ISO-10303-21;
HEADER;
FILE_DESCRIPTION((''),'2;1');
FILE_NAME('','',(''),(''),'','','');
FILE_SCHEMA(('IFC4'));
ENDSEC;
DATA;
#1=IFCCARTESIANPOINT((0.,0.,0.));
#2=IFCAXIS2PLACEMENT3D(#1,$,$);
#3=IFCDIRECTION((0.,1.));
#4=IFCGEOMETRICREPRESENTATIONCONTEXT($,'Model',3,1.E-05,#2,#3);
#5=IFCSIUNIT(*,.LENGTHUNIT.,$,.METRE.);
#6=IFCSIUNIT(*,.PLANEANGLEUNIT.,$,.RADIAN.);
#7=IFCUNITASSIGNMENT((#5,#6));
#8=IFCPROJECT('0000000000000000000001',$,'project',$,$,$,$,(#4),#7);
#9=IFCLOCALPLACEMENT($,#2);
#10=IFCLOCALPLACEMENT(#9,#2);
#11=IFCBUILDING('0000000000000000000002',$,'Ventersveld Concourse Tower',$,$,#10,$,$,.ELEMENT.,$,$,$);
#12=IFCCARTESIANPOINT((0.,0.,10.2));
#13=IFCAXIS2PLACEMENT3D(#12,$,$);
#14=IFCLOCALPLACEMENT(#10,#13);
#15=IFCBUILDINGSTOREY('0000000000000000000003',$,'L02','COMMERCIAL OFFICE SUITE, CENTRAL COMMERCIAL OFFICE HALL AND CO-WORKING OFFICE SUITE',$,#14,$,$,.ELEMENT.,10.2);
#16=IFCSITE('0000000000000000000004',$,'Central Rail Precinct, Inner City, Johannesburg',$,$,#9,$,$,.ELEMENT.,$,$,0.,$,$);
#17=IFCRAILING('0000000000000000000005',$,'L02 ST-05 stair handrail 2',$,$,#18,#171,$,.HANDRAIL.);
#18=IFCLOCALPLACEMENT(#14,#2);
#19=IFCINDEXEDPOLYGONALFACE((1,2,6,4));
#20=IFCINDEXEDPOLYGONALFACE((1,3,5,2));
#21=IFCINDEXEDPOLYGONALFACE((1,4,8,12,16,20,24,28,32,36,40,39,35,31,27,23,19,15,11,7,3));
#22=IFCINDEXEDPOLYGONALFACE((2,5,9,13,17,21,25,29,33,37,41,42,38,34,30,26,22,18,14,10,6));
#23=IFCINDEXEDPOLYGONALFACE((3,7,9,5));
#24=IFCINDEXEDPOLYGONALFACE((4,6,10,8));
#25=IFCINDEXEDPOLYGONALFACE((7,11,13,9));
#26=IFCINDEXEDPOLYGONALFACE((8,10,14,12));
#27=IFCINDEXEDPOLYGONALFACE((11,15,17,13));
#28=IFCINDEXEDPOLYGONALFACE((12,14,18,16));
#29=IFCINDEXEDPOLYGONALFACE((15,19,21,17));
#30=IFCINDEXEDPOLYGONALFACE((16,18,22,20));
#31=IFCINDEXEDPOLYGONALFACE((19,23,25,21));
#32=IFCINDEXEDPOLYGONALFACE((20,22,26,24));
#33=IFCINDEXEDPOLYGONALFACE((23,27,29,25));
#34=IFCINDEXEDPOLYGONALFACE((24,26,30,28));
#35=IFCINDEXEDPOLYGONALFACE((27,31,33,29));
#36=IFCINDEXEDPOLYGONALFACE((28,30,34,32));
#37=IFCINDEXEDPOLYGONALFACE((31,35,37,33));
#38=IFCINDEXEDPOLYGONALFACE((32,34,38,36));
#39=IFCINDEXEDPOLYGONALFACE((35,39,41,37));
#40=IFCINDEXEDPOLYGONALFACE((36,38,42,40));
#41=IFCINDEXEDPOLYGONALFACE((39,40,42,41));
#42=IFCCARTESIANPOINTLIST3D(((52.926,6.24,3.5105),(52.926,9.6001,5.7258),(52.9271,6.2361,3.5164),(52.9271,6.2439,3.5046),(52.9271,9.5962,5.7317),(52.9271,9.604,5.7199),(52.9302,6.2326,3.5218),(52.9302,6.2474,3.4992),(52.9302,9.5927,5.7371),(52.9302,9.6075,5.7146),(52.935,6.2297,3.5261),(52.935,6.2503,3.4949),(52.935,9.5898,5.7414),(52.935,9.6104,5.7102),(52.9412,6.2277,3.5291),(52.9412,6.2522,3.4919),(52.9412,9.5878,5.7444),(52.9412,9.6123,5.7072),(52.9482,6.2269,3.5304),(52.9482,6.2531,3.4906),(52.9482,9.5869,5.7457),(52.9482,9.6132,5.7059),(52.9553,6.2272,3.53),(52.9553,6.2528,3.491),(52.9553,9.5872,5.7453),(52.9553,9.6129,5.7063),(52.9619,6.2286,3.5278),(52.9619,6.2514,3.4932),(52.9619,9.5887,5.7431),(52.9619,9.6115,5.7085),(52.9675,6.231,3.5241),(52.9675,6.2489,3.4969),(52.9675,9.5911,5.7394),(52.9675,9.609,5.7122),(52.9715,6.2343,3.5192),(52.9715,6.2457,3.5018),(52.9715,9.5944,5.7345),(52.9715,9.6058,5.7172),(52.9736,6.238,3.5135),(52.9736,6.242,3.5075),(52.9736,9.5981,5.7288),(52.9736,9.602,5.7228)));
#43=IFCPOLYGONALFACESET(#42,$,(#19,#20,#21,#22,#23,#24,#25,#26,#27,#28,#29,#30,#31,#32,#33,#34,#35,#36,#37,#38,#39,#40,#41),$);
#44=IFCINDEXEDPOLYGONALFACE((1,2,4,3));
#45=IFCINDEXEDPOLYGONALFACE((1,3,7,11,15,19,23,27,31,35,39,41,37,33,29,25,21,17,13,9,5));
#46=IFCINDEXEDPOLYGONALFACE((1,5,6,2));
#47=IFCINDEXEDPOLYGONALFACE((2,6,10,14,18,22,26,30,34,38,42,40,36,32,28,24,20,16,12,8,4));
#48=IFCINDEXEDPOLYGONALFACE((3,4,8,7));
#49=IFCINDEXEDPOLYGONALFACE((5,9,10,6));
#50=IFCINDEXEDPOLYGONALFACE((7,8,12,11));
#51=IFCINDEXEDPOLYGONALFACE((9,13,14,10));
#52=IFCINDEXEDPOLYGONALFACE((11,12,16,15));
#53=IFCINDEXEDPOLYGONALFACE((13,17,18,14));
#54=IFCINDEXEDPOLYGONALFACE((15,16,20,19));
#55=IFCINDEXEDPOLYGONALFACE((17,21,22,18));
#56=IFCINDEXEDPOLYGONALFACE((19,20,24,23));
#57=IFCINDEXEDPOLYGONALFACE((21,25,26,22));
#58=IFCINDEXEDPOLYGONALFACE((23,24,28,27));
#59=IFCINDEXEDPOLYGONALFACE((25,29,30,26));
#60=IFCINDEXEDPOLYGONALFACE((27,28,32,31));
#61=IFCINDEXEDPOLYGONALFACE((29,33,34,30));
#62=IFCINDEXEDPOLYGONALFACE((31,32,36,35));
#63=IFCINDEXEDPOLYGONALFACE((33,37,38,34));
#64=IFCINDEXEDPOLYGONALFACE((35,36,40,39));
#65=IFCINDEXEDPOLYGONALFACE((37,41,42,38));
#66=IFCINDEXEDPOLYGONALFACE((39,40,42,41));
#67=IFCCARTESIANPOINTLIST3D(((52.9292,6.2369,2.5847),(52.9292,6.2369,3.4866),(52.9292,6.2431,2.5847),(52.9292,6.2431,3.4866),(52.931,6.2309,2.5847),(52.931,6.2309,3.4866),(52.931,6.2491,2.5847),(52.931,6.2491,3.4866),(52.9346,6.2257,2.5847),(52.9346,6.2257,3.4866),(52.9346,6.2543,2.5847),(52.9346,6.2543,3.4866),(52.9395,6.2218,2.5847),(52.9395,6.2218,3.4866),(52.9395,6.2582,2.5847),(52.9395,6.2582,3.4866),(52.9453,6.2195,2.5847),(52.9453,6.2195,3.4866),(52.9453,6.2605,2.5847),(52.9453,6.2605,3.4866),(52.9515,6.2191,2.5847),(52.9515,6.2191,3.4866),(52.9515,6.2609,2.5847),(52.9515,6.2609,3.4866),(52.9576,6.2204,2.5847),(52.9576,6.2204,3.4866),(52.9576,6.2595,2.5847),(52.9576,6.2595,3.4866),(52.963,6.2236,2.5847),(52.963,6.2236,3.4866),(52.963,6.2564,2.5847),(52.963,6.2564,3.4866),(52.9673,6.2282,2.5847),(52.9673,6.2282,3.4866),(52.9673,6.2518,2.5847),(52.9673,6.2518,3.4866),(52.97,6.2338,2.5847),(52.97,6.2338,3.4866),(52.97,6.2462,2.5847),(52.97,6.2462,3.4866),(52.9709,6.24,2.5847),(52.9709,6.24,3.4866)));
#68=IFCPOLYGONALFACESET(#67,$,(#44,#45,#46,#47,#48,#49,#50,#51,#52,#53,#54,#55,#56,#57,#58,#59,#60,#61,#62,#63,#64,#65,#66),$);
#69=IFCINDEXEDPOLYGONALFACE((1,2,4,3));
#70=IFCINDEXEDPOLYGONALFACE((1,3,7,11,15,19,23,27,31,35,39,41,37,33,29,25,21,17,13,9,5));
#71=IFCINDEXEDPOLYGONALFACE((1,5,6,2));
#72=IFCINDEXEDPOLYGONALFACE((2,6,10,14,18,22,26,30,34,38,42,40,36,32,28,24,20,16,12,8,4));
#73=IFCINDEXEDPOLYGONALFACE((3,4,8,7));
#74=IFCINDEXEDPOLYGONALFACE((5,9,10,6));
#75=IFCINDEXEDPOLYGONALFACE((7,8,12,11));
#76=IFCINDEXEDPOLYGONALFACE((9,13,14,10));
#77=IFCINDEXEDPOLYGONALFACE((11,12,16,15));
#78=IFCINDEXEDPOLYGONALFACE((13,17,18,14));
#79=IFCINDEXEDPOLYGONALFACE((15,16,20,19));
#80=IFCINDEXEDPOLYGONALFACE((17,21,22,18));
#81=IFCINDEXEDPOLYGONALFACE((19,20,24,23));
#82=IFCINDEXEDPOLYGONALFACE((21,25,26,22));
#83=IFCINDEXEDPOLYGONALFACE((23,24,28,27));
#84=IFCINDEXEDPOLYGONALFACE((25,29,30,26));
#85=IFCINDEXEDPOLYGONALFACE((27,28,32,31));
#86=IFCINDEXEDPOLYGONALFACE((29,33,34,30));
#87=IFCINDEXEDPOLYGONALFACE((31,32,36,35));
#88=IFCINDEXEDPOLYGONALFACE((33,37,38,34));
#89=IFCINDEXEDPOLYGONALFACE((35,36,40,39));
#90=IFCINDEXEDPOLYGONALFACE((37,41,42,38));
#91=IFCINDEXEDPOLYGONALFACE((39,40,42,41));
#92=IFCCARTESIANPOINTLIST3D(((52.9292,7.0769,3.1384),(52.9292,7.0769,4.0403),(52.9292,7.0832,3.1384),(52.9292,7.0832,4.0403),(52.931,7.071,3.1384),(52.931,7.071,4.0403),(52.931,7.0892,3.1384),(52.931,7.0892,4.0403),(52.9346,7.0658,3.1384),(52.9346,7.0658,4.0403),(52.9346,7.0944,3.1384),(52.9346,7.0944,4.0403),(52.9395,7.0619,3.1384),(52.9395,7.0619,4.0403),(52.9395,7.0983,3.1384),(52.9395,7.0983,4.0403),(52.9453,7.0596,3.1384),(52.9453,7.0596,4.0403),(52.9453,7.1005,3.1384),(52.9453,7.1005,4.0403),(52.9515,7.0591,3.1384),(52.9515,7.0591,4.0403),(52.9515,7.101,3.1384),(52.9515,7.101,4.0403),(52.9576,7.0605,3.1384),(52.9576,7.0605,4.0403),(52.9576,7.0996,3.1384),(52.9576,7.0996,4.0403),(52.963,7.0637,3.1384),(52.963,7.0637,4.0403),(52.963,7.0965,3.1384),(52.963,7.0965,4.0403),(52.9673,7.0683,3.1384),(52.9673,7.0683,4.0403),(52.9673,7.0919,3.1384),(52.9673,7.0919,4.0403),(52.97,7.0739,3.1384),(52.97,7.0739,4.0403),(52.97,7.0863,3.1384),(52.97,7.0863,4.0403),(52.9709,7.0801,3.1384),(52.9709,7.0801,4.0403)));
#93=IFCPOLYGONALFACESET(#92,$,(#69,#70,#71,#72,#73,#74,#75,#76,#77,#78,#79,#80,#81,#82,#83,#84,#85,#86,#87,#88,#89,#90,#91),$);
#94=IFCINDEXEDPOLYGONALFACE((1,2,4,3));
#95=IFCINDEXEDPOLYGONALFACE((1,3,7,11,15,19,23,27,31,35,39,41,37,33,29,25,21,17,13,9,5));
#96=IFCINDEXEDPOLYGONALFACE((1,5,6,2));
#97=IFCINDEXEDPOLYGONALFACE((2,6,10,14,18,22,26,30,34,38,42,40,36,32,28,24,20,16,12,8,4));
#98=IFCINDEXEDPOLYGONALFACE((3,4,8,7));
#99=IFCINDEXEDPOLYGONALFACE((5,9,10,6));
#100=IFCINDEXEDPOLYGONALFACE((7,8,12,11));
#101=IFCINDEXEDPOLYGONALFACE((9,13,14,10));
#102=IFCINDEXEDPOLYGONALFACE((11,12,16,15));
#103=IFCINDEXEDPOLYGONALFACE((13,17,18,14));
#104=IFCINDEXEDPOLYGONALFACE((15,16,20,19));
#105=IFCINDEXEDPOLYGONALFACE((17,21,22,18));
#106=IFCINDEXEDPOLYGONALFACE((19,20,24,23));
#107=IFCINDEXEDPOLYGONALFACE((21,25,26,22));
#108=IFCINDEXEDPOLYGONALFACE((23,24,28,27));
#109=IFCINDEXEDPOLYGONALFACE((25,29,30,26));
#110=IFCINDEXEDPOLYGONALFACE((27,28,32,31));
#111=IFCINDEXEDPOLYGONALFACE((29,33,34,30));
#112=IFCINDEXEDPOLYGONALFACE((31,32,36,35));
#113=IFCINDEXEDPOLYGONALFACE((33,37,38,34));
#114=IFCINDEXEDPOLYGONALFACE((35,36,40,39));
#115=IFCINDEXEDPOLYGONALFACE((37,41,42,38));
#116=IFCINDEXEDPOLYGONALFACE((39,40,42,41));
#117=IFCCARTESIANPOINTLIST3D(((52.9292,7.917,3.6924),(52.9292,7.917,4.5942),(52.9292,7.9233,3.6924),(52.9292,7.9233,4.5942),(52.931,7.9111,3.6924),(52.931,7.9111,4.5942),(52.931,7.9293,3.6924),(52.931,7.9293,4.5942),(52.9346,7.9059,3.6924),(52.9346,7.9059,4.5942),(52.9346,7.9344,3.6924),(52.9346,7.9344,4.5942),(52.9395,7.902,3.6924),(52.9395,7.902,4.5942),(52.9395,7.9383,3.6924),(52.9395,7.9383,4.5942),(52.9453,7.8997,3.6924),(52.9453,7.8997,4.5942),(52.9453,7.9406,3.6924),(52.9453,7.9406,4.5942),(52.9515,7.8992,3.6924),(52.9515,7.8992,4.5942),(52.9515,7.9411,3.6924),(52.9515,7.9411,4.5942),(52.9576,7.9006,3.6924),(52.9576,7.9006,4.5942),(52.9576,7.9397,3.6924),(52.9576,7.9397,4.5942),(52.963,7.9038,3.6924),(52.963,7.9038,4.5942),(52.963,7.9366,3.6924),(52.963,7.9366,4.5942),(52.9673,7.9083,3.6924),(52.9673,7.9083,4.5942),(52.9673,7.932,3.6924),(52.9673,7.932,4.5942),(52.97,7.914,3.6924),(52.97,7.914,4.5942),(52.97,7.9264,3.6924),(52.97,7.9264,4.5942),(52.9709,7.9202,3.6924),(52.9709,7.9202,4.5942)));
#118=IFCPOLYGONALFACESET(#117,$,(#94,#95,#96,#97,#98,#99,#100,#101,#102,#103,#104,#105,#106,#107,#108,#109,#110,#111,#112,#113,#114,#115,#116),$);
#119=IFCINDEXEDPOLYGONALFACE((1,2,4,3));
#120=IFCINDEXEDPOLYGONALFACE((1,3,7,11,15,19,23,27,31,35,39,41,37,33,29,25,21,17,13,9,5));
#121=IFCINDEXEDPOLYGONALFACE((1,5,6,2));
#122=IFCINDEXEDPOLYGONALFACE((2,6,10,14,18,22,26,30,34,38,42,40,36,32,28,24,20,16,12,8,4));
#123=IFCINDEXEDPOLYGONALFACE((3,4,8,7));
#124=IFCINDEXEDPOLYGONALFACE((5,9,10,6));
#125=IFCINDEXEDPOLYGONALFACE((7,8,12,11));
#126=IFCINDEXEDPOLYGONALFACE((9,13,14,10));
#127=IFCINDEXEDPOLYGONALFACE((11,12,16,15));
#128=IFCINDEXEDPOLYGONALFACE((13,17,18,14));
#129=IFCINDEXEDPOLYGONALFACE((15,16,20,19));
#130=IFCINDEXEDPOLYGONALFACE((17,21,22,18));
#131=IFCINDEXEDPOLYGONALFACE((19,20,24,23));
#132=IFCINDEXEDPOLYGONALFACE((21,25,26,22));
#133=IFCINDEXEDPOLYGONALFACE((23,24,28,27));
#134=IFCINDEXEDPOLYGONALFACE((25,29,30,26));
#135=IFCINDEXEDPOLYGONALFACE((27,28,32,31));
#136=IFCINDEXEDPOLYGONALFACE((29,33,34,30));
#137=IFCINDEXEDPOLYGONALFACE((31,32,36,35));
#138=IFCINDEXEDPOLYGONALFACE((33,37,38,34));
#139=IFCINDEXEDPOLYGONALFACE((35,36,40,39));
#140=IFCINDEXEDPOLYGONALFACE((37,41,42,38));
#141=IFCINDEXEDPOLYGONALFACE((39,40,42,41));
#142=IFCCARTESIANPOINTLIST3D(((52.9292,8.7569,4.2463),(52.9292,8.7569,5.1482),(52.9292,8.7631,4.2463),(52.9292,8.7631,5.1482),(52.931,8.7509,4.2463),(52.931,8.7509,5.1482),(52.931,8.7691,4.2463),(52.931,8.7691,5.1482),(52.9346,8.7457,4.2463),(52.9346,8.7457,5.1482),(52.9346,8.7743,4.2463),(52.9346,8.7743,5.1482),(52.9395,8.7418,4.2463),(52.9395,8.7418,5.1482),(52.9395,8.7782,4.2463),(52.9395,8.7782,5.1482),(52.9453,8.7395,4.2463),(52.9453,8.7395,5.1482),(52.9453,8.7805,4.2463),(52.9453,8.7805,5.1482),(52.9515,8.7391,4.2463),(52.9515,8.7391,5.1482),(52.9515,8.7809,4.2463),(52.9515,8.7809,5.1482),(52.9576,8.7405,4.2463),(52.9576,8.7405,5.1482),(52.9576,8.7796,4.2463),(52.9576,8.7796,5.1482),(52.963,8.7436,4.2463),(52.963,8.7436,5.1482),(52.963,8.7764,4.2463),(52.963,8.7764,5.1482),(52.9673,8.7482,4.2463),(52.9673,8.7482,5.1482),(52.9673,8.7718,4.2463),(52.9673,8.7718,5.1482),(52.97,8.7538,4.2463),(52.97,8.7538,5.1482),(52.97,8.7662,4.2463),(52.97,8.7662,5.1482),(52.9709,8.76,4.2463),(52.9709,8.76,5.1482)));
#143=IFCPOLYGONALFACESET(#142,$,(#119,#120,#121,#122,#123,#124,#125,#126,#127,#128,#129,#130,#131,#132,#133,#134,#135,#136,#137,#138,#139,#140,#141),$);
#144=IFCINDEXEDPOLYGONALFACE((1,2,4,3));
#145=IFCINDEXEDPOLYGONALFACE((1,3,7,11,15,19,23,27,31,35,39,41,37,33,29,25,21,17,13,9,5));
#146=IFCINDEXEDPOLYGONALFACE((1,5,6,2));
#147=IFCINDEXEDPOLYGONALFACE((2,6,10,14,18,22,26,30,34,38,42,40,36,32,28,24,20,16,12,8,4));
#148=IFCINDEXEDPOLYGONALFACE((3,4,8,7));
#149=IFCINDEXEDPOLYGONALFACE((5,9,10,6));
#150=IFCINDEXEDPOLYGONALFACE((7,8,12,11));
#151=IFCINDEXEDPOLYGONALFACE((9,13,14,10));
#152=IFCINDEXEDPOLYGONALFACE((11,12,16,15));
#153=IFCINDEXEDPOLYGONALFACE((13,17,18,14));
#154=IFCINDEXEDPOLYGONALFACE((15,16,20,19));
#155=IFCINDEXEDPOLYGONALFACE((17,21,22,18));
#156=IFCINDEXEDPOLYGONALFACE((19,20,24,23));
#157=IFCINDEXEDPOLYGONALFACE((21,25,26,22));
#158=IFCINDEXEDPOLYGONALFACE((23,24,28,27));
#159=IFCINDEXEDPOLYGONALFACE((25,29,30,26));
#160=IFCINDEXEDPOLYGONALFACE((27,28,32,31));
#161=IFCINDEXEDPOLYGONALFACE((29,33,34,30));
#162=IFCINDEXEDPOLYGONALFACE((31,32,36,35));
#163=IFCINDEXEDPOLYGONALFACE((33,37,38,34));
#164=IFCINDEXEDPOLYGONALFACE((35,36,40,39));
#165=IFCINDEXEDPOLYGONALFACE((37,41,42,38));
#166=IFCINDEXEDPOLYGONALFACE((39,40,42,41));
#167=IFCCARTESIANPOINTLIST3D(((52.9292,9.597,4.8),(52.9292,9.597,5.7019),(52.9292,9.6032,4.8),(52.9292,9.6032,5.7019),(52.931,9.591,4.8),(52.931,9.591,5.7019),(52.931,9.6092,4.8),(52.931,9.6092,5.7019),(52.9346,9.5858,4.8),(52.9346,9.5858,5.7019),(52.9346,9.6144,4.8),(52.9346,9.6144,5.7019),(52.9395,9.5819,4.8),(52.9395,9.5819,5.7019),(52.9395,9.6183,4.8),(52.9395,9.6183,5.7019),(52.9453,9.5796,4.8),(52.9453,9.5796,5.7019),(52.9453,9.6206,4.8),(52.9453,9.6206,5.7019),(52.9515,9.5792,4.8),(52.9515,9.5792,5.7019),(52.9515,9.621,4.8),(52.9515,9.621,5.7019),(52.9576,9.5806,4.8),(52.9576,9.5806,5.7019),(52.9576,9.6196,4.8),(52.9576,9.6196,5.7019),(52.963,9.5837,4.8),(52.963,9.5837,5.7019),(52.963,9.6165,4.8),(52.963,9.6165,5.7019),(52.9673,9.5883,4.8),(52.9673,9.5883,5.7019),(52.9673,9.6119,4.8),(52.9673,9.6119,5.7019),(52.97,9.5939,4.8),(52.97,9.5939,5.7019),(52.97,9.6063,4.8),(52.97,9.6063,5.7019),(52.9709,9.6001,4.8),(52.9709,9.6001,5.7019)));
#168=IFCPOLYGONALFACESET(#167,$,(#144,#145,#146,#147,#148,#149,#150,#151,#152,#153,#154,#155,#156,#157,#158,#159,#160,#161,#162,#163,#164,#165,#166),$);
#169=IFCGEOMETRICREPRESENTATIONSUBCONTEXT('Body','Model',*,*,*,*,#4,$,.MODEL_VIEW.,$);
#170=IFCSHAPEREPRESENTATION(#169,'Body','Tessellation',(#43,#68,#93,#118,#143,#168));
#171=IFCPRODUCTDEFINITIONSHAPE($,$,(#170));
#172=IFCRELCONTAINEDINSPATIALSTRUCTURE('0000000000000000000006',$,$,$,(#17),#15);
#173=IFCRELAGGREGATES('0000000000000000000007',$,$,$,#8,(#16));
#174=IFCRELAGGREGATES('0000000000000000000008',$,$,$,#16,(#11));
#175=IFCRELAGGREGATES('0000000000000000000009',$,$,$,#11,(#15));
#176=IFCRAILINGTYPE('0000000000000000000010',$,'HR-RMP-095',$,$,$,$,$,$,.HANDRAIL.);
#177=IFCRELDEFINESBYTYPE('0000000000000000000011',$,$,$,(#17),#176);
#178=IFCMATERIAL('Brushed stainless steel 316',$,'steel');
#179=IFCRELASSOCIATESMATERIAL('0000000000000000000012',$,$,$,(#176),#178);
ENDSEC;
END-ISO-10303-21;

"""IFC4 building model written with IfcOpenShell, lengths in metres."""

from ifc_helpers import new_model, si_unit, direction, frame, origin, origin_2d, place, context, subcontext, project, spatial, circle, extrude, material, type_object, element, save


model = new_model("IFC4")

# Units and contexts
model_context = context("Model", 3, precision=1e-05, world=origin(), true_north=direction((0.0, 1.0)))
body_context = subcontext(model_context, "Body", "Model", "MODEL_VIEW")
ifc_project = project(units=[si_unit("LENGTHUNIT", "METRE"), si_unit("PLANEANGLEUNIT", "RADIAN")], contexts=[model_context])

# Site, building, storey
site_placement = place(None, origin())
site = spatial("IfcSite", under=ifc_project, at=site_placement, Name="Central Rail Precinct, Inner City, Johannesburg", CompositionType="ELEMENT", RefElevation=0.0)
building_placement = place(site_placement, origin())
building = spatial("IfcBuilding", under=site, at=building_placement, Name="Ventersveld Concourse Tower", CompositionType="ELEMENT")
storey_placement = place(building_placement, frame((0.0, 0.0, 10.2)))
storey = spatial("IfcBuildingStorey", under=building, at=storey_placement, Name="L02", Description="COMMERCIAL OFFICE SUITE, CENTRAL COMMERCIAL OFFICE HALL AND CO-WORKING OFFICE SUITE", CompositionType="ELEMENT", Elevation=10.2)

# Shared definitions
ifc_material_1 = material(Name="Brushed stainless steel 316", Category="steel")

# Railing
railing_type_1 = type_object("IfcRailingType", Name="HR-RMP-095", PredefinedType="HANDRAIL", material=ifc_material_1)
railing_1_placement = place(storey_placement, frame((52.95, 6.24, 2.5847)))
element("IfcRailing", 1, at=railing_1_placement, inside=storey, type_object=railing_type_1, Name="L02 ST-05 stair handrail 2", PredefinedType="HANDRAIL", context=body_context, shape_type="SweptSolid", body=[
    extrude(circle(Radius=0.0239, at=origin_2d()), frame((0.0, 0.0, 0.9258), z_axis=(0.0, 0.834876, 0.550437), x_axis=(-1.0, 0.0, 0.0)), (0.0, 0.0, 1.0), 4.0247),
    extrude(circle(Radius=0.021, at=origin_2d()), origin(), (0.0, 0.0, 1.0), 0.9019),
    extrude(circle(Radius=0.021, at=origin_2d()), frame((0.0, 0.8401, 0.5537)), (0.0, 0.0, 1.0), 0.9019),
    extrude(circle(Radius=0.021, at=origin_2d()), frame((0.0, 1.6802, 1.1077)), (0.0, 0.0, 1.0), 0.9019),
    extrude(circle(Radius=0.021, at=origin_2d()), frame((0.0, 2.52, 1.6616)), (0.0, 0.0, 1.0), 0.9019),
    extrude(circle(Radius=0.021, at=origin_2d()), frame((0.0, 3.3601, 2.2153)), (0.0, 0.0, 1.0), 0.9019),
])

save(model, "model.ifc")
